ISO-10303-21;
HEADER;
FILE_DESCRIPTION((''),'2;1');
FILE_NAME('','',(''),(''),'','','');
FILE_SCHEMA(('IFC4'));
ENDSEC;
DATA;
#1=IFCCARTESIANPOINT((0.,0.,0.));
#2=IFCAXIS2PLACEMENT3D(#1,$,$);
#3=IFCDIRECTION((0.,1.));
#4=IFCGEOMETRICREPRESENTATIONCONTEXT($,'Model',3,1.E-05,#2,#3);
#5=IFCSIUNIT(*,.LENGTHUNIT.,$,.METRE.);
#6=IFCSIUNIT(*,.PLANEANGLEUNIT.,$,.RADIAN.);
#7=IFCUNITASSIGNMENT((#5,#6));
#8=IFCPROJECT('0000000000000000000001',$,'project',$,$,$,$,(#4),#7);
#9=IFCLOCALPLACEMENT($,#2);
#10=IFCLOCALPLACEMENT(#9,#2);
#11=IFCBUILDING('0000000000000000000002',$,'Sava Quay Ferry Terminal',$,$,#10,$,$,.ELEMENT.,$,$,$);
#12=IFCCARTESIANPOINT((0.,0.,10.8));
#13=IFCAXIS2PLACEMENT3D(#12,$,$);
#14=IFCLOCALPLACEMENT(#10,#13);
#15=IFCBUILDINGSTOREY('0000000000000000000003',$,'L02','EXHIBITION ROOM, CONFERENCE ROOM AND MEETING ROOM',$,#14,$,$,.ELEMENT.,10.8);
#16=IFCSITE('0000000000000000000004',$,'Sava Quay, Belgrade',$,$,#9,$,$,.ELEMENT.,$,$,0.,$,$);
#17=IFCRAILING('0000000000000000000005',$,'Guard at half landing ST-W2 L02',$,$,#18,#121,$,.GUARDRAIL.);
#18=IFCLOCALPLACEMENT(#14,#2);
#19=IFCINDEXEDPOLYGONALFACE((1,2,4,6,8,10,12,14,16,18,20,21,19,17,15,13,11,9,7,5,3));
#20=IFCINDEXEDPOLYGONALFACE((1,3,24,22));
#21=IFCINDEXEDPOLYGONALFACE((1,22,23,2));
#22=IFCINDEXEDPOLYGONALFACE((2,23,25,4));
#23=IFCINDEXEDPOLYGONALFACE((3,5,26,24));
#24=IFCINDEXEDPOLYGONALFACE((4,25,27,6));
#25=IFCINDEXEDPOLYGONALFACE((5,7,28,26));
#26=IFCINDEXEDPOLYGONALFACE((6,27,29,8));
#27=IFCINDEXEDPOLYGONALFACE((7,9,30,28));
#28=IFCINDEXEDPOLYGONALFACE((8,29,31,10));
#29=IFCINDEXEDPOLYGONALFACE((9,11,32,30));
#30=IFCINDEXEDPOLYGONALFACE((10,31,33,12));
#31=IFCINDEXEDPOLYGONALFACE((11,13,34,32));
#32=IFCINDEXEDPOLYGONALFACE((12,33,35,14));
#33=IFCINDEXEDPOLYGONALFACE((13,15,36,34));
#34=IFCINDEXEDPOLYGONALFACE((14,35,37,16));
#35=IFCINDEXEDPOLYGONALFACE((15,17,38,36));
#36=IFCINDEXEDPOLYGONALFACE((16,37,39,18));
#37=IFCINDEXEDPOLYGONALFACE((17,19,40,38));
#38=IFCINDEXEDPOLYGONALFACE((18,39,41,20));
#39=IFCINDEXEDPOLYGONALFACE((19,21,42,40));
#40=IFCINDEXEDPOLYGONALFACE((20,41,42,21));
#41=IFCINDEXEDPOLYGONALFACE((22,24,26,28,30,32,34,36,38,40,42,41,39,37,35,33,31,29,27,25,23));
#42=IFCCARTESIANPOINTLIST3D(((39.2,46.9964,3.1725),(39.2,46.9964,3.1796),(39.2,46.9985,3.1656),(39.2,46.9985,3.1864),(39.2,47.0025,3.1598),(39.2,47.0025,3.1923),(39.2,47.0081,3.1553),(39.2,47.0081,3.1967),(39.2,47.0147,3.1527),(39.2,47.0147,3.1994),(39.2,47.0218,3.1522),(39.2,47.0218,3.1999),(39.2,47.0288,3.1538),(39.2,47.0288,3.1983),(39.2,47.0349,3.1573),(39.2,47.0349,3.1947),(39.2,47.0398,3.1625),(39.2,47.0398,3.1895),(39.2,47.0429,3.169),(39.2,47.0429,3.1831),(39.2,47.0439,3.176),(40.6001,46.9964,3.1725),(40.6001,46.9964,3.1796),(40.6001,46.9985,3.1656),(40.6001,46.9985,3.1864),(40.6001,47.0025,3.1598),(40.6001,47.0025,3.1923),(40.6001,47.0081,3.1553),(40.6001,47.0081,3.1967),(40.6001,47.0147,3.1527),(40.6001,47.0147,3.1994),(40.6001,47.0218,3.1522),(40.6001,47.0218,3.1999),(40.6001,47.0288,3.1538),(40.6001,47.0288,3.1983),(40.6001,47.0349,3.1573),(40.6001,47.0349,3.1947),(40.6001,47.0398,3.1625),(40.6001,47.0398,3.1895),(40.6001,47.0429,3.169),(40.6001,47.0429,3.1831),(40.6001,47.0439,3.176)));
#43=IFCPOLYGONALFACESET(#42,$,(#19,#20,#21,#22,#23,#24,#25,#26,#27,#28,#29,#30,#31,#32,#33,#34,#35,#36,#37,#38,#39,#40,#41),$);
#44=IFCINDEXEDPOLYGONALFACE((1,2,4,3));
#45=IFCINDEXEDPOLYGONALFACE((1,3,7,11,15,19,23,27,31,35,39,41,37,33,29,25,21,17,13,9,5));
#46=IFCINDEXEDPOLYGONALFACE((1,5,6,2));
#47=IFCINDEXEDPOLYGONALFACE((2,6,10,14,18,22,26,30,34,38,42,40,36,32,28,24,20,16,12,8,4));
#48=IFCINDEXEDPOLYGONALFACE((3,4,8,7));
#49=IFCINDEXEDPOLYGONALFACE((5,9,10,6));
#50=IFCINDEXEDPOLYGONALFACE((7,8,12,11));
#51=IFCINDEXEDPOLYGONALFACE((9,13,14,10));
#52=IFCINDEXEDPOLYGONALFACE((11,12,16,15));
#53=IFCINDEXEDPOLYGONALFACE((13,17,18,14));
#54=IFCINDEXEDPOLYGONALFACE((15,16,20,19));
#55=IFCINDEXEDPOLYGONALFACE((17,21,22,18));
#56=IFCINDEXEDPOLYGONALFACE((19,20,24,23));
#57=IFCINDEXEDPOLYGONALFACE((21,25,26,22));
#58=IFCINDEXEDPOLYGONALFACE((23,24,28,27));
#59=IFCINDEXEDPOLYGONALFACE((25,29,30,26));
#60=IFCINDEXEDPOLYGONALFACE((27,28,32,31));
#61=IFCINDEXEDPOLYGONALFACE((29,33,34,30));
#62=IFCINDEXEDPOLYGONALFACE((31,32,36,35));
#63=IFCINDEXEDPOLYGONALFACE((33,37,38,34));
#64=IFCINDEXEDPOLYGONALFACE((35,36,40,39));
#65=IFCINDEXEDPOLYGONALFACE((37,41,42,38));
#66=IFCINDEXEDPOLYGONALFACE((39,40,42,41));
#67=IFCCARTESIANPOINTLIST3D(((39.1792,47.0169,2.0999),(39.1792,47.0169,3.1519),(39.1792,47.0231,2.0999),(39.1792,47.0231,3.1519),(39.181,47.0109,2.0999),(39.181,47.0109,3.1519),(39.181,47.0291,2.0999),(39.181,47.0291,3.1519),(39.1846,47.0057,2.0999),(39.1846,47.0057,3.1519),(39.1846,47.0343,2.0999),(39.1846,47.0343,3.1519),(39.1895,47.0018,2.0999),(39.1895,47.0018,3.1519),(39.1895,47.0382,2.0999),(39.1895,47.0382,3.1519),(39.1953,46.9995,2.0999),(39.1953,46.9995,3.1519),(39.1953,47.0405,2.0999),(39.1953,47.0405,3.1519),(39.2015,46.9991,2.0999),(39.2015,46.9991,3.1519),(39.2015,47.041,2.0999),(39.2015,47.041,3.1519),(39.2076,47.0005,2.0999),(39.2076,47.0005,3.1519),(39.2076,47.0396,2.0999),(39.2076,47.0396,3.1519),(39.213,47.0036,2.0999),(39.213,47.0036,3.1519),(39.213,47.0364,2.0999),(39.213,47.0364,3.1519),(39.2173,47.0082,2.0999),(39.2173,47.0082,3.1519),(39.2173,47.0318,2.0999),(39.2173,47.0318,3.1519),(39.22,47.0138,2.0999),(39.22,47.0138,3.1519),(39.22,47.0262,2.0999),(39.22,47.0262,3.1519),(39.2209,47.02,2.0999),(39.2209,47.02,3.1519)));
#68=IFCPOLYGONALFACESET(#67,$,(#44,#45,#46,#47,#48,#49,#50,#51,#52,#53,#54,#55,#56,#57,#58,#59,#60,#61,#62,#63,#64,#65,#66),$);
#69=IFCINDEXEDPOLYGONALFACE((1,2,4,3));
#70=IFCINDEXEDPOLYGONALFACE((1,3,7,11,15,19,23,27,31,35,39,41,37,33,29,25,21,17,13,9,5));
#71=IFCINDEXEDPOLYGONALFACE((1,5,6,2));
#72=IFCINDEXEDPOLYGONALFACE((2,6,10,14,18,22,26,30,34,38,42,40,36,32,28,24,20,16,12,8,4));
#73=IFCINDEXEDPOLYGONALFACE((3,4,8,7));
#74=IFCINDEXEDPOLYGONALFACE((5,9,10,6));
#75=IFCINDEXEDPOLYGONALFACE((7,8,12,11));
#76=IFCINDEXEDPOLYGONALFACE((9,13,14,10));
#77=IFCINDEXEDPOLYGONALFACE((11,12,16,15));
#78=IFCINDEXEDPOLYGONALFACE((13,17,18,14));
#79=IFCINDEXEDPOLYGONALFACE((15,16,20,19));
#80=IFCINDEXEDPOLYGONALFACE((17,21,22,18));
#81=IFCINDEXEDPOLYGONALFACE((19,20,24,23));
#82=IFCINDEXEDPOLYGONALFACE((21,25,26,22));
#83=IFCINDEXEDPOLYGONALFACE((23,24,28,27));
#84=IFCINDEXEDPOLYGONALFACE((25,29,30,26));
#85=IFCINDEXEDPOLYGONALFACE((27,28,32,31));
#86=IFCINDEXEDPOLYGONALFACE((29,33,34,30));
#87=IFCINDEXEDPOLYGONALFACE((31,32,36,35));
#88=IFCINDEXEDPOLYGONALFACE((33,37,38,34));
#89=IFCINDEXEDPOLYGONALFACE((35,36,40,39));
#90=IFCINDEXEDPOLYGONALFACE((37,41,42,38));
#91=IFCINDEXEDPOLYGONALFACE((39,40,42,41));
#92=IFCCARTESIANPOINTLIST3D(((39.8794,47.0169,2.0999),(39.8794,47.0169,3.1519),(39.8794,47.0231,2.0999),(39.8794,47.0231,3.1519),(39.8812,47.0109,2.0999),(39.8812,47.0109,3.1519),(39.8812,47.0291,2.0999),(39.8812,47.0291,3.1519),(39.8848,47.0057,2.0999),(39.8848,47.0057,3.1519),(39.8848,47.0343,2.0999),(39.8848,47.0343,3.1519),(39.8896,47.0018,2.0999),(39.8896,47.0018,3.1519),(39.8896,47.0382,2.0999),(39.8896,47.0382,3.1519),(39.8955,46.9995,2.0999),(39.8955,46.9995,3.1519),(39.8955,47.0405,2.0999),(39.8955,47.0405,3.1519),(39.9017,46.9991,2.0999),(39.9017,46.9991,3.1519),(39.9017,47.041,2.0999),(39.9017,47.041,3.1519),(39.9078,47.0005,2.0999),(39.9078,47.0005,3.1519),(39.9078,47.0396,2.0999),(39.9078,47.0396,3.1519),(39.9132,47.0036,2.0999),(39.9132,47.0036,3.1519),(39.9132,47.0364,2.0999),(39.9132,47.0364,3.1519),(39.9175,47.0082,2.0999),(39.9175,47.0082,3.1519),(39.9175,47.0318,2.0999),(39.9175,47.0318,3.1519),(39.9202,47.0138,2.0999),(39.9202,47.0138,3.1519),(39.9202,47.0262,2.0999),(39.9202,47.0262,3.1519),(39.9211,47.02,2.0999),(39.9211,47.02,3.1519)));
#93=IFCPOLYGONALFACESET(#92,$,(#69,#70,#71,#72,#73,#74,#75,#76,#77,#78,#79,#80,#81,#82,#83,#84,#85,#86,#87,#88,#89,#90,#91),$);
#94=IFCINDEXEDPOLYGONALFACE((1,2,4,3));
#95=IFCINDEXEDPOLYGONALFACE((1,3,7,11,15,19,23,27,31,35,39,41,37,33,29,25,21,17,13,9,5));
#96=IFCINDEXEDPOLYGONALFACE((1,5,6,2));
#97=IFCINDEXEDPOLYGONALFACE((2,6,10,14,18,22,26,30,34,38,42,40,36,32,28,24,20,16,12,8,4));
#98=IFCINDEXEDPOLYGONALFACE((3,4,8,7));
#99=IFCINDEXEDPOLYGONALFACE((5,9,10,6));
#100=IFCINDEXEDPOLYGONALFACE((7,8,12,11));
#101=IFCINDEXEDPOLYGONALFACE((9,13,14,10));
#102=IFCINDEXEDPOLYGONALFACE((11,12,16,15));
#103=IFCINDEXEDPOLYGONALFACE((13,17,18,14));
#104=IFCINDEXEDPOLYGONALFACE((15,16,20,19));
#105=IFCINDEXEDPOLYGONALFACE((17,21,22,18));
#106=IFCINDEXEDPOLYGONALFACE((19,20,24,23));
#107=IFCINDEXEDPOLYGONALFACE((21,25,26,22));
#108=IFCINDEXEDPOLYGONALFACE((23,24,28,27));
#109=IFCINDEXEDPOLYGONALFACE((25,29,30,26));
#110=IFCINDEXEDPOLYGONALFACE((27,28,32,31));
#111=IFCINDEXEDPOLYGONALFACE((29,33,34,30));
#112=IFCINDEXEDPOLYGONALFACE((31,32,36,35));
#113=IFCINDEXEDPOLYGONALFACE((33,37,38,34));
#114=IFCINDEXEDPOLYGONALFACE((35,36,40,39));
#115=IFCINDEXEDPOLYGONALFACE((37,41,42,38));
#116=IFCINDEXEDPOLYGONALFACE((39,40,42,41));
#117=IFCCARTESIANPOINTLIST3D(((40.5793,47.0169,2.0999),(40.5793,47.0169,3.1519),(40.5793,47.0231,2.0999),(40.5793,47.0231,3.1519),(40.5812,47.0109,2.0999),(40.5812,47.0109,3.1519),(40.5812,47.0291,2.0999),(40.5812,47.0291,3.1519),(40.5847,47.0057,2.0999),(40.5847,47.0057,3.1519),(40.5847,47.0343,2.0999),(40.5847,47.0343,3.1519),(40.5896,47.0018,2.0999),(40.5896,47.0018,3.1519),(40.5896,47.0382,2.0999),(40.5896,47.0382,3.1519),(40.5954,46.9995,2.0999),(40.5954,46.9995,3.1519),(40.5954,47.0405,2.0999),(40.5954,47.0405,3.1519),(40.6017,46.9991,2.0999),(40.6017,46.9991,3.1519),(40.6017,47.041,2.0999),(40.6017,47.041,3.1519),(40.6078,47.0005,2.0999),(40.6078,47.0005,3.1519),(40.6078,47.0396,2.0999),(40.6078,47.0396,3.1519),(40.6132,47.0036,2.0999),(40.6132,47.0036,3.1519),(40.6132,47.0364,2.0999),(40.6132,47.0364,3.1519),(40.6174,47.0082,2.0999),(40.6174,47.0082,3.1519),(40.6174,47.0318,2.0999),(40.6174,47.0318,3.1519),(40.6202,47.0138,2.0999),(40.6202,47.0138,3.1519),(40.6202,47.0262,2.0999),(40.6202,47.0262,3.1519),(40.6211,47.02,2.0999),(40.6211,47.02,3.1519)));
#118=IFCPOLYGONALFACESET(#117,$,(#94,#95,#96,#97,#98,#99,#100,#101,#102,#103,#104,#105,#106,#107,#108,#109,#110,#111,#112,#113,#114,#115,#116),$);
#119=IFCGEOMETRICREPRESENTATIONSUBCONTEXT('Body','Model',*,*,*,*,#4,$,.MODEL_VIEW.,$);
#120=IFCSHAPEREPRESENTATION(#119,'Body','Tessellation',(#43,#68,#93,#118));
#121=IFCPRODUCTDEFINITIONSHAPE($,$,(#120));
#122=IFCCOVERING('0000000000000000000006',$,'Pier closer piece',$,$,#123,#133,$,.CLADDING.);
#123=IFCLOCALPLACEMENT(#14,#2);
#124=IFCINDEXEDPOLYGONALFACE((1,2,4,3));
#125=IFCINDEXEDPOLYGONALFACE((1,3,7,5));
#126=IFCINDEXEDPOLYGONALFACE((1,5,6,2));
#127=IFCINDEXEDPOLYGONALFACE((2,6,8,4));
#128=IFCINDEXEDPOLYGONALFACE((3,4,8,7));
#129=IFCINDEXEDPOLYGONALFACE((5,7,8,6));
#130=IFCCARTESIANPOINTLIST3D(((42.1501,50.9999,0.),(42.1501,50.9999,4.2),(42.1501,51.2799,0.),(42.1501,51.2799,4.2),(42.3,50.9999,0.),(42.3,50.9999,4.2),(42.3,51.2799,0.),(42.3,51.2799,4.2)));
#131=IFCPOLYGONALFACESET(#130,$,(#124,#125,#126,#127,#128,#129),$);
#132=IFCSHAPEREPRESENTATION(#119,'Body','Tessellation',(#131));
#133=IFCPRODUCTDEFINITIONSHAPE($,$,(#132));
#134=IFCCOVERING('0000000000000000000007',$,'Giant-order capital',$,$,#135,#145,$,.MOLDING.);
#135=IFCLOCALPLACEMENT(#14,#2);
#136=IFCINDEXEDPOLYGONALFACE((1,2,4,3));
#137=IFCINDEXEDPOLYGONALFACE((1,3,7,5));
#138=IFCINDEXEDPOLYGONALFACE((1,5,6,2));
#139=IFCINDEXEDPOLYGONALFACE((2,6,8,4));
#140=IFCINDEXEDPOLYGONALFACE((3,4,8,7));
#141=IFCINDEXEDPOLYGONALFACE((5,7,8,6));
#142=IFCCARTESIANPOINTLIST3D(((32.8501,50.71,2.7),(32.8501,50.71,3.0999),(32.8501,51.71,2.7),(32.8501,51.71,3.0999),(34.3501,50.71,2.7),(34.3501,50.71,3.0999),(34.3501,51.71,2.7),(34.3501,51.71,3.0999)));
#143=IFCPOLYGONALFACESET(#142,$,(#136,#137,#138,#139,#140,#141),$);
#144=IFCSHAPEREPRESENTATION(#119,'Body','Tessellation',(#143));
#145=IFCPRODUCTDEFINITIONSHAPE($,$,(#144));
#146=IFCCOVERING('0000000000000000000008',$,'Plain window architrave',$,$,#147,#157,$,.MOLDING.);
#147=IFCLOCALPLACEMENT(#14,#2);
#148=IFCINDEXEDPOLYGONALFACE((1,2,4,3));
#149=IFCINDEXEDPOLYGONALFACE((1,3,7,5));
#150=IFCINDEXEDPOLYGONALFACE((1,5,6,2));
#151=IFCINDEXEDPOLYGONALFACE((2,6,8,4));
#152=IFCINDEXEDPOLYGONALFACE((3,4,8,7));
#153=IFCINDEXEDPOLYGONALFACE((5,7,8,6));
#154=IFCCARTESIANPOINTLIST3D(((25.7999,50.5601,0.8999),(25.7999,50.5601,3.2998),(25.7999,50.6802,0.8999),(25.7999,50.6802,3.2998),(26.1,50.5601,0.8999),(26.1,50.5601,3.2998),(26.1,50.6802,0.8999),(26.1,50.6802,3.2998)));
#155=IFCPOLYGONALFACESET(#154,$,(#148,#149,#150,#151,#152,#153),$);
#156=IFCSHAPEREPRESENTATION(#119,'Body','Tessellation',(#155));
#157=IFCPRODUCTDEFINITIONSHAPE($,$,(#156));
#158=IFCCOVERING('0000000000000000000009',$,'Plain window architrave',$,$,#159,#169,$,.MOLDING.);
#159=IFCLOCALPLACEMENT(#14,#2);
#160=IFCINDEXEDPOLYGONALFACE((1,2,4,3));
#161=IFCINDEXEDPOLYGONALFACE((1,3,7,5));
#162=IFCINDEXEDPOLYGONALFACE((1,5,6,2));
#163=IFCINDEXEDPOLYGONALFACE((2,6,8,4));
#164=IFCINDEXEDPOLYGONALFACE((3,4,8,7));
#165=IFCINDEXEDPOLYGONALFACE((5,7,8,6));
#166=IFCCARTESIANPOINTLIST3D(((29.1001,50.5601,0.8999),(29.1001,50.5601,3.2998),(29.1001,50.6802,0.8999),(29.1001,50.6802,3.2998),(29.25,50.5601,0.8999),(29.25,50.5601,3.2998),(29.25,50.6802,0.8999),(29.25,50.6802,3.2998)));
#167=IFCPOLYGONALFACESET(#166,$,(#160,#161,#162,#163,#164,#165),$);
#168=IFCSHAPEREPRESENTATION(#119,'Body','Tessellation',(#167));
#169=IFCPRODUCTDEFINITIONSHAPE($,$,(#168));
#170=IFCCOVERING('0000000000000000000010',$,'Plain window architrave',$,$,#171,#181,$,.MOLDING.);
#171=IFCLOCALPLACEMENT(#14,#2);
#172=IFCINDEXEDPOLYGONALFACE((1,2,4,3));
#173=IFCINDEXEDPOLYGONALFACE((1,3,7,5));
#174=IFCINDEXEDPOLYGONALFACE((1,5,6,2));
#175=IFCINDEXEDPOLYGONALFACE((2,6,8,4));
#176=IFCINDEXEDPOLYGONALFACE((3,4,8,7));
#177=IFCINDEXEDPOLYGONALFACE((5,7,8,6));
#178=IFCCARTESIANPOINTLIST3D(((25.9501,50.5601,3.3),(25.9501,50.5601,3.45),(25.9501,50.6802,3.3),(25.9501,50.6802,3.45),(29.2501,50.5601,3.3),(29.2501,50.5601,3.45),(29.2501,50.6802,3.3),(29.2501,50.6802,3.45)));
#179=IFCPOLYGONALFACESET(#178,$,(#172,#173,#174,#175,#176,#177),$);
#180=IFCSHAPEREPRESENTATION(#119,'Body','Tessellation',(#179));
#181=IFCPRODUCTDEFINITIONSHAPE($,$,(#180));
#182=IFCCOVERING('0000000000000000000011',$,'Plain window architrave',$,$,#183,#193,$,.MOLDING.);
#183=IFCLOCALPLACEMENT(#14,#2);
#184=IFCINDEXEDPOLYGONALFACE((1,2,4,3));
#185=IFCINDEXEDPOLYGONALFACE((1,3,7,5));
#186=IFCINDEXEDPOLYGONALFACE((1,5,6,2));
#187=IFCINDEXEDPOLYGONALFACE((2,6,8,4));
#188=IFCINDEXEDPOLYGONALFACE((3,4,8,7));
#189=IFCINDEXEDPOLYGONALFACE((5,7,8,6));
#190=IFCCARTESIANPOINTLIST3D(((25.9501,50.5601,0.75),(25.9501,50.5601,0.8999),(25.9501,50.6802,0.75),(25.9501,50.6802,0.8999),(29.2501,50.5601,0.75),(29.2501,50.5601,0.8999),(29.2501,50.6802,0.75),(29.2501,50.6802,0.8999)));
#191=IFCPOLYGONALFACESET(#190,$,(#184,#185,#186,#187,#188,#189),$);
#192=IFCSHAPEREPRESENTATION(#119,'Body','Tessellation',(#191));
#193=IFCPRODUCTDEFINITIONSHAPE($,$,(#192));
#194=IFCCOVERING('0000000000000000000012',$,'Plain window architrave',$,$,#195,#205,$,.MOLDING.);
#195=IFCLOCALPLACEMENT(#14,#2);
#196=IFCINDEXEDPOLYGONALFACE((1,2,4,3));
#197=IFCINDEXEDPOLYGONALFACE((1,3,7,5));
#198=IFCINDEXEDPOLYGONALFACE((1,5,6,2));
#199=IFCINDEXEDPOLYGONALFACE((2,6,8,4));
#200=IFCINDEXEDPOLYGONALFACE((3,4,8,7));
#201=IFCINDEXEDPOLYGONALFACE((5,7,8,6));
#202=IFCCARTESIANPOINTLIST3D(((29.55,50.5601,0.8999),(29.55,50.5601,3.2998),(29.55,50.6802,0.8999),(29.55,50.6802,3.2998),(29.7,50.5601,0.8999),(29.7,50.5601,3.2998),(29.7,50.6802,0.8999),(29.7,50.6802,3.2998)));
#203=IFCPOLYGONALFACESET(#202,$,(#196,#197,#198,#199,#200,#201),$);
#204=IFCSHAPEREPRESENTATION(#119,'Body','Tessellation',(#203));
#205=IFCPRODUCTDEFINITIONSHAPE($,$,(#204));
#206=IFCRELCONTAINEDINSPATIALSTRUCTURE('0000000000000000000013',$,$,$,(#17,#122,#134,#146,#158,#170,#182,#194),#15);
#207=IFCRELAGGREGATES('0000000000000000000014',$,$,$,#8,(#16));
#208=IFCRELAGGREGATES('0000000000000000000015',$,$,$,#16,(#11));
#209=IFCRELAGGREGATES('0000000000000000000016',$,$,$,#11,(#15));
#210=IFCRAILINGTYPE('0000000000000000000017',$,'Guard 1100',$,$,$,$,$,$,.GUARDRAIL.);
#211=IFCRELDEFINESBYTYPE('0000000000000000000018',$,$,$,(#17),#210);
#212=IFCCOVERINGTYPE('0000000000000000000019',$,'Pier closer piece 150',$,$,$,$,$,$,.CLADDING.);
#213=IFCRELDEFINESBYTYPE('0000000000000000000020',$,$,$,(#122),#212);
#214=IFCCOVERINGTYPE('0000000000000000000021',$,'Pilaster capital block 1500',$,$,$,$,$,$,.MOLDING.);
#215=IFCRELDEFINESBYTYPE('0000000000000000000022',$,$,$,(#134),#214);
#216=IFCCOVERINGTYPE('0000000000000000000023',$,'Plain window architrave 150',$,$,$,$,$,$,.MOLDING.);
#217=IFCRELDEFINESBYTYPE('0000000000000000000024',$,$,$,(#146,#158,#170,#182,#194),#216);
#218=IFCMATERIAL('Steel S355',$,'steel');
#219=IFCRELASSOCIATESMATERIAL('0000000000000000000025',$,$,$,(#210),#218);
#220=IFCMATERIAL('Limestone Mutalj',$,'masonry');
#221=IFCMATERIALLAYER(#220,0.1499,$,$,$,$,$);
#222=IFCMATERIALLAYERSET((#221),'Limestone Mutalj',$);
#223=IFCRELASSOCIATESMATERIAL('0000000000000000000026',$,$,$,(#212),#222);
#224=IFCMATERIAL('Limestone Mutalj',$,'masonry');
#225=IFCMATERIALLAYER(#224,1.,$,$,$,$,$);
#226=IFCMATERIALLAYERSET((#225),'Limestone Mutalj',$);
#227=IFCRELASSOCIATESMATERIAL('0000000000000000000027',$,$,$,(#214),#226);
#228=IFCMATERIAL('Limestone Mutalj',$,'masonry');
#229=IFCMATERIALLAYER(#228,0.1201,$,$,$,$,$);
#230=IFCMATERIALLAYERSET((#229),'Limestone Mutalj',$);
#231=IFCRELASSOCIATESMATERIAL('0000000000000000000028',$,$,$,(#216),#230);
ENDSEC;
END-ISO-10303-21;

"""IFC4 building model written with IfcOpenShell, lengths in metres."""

from ifc_helpers import new_model, si_unit, direction, frame, origin, origin_2d, place, context, subcontext, project, spatial, rectangle, circle, extrude, material, layer, layer_set, type_object, element, save


model = new_model("IFC4")

# Units and contexts
model_context = context("Model", 3, precision=1e-05, world=origin(), true_north=direction((0.0, 1.0)))
body_context = subcontext(model_context, "Body", "Model", "MODEL_VIEW")
ifc_project = project(units=[si_unit("LENGTHUNIT", "METRE"), si_unit("PLANEANGLEUNIT", "RADIAN")], contexts=[model_context])

# Site, building, storey
site_placement = place(None, origin())
site = spatial("IfcSite", under=ifc_project, at=site_placement, Name="Sava Quay, Belgrade", CompositionType="ELEMENT", RefElevation=0.0)
building_placement = place(site_placement, origin())
building = spatial("IfcBuilding", under=site, at=building_placement, Name="Sava Quay Ferry Terminal", CompositionType="ELEMENT")
storey_placement = place(building_placement, frame((0.0, 0.0, 10.8)))
storey = spatial("IfcBuildingStorey", under=building, at=storey_placement, Name="L02", Description="EXHIBITION ROOM, CONFERENCE ROOM AND MEETING ROOM", CompositionType="ELEMENT", Elevation=10.8)

# Railing
ifc_material_1 = material(Name="Steel S355", Category="steel")
railing_type_1 = type_object("IfcRailingType", Name="Guard 1100", PredefinedType="GUARDRAIL", material=ifc_material_1)
railing_1_placement = place(storey_placement, frame((39.2, 47.02, 2.0999)))
element("IfcRailing", 1, at=railing_1_placement, inside=storey, type_object=railing_type_1, Name="Guard at half landing ST-W2 L02", PredefinedType="GUARDRAIL", context=body_context, shape_type="SweptSolid", body=[
    extrude(circle(Radius=0.0239, at=origin_2d()), frame((0.0, 0.0, 1.0762), z_axis=(1.0, 0.0, 0.0), x_axis=(0.0, 1.0, 0.0)), (0.0, 0.0, 1.0), 1.4001),
    extrude(circle(Radius=0.021, at=origin_2d()), origin(), (0.0, 0.0, 1.0), 1.052),
    extrude(circle(Radius=0.021, at=origin_2d()), frame((0.7002, 0.0, 0.0)), (0.0, 0.0, 1.0), 1.052),
    extrude(circle(Radius=0.021, at=origin_2d()), frame((1.4001, 0.0, 0.0)), (0.0, 0.0, 1.0), 1.052),
])

# Coverings
ifc_material_2 = material(Name="Limestone Mutalj", Category="masonry")
ifc_layer_1 = layer(ifc_material_2, 0.1499)
ifc_layer_set_1 = layer_set([ifc_layer_1], Name="Limestone Mutalj")
covering_type_1 = type_object("IfcCoveringType", Name="Pier closer piece 150", PredefinedType="CLADDING", material=ifc_layer_set_1)
covering_1_placement = place(storey_placement, frame((42.2251, 51.1399, 0.0), z_axis=(0.0, 0.0, 1.0), x_axis=(1.0, 0.0, 0.0)))
element("IfcCovering", 2, at=covering_1_placement, inside=storey, type_object=covering_type_1, Name="Pier closer piece", PredefinedType="CLADDING", context=body_context, shape_type="SweptSolid", body=[
    extrude(rectangle(XDim=0.1499, YDim=0.28, at=origin_2d()), origin(), (0.0, 0.0, 1.0), 4.2),
])
ifc_material_3 = material(Name="Limestone Mutalj", Category="masonry")
ifc_layer_2 = layer(ifc_material_3, 1.0)
ifc_layer_set_2 = layer_set([ifc_layer_2], Name="Limestone Mutalj")
covering_type_2 = type_object("IfcCoveringType", Name="Pilaster capital block 1500", PredefinedType="MOLDING", material=ifc_layer_set_2)
covering_2_placement = place(storey_placement, frame((33.6001, 51.21, 2.7), z_axis=(0.0, 0.0, 1.0), x_axis=(1.0, 0.0, 0.0)))
element("IfcCovering", 3, at=covering_2_placement, inside=storey, type_object=covering_type_2, Name="Giant-order capital", PredefinedType="MOLDING", context=body_context, shape_type="SweptSolid", body=[
    extrude(rectangle(XDim=1.5, YDim=1.0, at=origin_2d()), origin(), (0.0, 0.0, 1.0), 0.3999),
])
ifc_material_4 = material(Name="Limestone Mutalj", Category="masonry")
ifc_layer_3 = layer(ifc_material_4, 0.1201)
ifc_layer_set_3 = layer_set([ifc_layer_3], Name="Limestone Mutalj")
covering_type_3 = type_object("IfcCoveringType", Name="Plain window architrave 150", PredefinedType="MOLDING", material=ifc_layer_set_3)
covering_3_placement = place(storey_placement, frame((25.95, 50.6201, 0.8999), z_axis=(0.0, 0.0, 1.0), x_axis=(1.0, 0.0, 0.0)))
element("IfcCovering", 4, at=covering_3_placement, inside=storey, type_object=covering_type_3, Name="Plain window architrave", PredefinedType="MOLDING", context=body_context, shape_type="SweptSolid", body=[
    extrude(rectangle(XDim=0.3, YDim=0.1201, at=origin_2d()), origin(), (0.0, 0.0, 1.0), 2.3999),
])
covering_4_placement = place(storey_placement, frame((29.175, 50.6201, 0.8999), z_axis=(0.0, 0.0, 1.0), x_axis=(1.0, 0.0, 0.0)))
element("IfcCovering", 5, at=covering_4_placement, inside=storey, type_object=covering_type_3, Name="Plain window architrave", PredefinedType="MOLDING", context=body_context, shape_type="SweptSolid", body=[
    extrude(rectangle(XDim=0.1499, YDim=0.1201, at=origin_2d()), origin(), (0.0, 0.0, 1.0), 2.3999),
])
for number, where, z_axis, x_axis, name in (
    (6, (27.6001, 50.6201, 3.3), (0.0, 0.0, 1.0), (1.0, 0.0, 0.0), "Plain window architrave"),
    (7, (27.6001, 50.6201, 0.75), (0.0, 0.0, 1.0), (1.0, 0.0, 0.0), "Plain window architrave"),
):
    element("IfcCovering", number, at=place(storey_placement, frame(where, z_axis=z_axis, x_axis=x_axis)), inside=storey, type_object=covering_type_3, Name=name, PredefinedType="MOLDING", context=body_context, shape_type="SweptSolid", body=[
        extrude(rectangle(XDim=3.3, YDim=0.1201, at=origin_2d()), origin(), (0.0, 0.0, 1.0), 0.1499),
    ])
covering_5_placement = place(storey_placement, frame((29.625, 50.6201, 0.8999), z_axis=(0.0, 0.0, 1.0), x_axis=(1.0, 0.0, 0.0)))
element("IfcCovering", 8, at=covering_5_placement, inside=storey, type_object=covering_type_3, Name="Plain window architrave", PredefinedType="MOLDING", context=body_context, shape_type="SweptSolid", body=[
    extrude(rectangle(XDim=0.1499, YDim=0.1201, at=origin_2d()), origin(), (0.0, 0.0, 1.0), 2.3999),
])

save(model, "model.ifc")
